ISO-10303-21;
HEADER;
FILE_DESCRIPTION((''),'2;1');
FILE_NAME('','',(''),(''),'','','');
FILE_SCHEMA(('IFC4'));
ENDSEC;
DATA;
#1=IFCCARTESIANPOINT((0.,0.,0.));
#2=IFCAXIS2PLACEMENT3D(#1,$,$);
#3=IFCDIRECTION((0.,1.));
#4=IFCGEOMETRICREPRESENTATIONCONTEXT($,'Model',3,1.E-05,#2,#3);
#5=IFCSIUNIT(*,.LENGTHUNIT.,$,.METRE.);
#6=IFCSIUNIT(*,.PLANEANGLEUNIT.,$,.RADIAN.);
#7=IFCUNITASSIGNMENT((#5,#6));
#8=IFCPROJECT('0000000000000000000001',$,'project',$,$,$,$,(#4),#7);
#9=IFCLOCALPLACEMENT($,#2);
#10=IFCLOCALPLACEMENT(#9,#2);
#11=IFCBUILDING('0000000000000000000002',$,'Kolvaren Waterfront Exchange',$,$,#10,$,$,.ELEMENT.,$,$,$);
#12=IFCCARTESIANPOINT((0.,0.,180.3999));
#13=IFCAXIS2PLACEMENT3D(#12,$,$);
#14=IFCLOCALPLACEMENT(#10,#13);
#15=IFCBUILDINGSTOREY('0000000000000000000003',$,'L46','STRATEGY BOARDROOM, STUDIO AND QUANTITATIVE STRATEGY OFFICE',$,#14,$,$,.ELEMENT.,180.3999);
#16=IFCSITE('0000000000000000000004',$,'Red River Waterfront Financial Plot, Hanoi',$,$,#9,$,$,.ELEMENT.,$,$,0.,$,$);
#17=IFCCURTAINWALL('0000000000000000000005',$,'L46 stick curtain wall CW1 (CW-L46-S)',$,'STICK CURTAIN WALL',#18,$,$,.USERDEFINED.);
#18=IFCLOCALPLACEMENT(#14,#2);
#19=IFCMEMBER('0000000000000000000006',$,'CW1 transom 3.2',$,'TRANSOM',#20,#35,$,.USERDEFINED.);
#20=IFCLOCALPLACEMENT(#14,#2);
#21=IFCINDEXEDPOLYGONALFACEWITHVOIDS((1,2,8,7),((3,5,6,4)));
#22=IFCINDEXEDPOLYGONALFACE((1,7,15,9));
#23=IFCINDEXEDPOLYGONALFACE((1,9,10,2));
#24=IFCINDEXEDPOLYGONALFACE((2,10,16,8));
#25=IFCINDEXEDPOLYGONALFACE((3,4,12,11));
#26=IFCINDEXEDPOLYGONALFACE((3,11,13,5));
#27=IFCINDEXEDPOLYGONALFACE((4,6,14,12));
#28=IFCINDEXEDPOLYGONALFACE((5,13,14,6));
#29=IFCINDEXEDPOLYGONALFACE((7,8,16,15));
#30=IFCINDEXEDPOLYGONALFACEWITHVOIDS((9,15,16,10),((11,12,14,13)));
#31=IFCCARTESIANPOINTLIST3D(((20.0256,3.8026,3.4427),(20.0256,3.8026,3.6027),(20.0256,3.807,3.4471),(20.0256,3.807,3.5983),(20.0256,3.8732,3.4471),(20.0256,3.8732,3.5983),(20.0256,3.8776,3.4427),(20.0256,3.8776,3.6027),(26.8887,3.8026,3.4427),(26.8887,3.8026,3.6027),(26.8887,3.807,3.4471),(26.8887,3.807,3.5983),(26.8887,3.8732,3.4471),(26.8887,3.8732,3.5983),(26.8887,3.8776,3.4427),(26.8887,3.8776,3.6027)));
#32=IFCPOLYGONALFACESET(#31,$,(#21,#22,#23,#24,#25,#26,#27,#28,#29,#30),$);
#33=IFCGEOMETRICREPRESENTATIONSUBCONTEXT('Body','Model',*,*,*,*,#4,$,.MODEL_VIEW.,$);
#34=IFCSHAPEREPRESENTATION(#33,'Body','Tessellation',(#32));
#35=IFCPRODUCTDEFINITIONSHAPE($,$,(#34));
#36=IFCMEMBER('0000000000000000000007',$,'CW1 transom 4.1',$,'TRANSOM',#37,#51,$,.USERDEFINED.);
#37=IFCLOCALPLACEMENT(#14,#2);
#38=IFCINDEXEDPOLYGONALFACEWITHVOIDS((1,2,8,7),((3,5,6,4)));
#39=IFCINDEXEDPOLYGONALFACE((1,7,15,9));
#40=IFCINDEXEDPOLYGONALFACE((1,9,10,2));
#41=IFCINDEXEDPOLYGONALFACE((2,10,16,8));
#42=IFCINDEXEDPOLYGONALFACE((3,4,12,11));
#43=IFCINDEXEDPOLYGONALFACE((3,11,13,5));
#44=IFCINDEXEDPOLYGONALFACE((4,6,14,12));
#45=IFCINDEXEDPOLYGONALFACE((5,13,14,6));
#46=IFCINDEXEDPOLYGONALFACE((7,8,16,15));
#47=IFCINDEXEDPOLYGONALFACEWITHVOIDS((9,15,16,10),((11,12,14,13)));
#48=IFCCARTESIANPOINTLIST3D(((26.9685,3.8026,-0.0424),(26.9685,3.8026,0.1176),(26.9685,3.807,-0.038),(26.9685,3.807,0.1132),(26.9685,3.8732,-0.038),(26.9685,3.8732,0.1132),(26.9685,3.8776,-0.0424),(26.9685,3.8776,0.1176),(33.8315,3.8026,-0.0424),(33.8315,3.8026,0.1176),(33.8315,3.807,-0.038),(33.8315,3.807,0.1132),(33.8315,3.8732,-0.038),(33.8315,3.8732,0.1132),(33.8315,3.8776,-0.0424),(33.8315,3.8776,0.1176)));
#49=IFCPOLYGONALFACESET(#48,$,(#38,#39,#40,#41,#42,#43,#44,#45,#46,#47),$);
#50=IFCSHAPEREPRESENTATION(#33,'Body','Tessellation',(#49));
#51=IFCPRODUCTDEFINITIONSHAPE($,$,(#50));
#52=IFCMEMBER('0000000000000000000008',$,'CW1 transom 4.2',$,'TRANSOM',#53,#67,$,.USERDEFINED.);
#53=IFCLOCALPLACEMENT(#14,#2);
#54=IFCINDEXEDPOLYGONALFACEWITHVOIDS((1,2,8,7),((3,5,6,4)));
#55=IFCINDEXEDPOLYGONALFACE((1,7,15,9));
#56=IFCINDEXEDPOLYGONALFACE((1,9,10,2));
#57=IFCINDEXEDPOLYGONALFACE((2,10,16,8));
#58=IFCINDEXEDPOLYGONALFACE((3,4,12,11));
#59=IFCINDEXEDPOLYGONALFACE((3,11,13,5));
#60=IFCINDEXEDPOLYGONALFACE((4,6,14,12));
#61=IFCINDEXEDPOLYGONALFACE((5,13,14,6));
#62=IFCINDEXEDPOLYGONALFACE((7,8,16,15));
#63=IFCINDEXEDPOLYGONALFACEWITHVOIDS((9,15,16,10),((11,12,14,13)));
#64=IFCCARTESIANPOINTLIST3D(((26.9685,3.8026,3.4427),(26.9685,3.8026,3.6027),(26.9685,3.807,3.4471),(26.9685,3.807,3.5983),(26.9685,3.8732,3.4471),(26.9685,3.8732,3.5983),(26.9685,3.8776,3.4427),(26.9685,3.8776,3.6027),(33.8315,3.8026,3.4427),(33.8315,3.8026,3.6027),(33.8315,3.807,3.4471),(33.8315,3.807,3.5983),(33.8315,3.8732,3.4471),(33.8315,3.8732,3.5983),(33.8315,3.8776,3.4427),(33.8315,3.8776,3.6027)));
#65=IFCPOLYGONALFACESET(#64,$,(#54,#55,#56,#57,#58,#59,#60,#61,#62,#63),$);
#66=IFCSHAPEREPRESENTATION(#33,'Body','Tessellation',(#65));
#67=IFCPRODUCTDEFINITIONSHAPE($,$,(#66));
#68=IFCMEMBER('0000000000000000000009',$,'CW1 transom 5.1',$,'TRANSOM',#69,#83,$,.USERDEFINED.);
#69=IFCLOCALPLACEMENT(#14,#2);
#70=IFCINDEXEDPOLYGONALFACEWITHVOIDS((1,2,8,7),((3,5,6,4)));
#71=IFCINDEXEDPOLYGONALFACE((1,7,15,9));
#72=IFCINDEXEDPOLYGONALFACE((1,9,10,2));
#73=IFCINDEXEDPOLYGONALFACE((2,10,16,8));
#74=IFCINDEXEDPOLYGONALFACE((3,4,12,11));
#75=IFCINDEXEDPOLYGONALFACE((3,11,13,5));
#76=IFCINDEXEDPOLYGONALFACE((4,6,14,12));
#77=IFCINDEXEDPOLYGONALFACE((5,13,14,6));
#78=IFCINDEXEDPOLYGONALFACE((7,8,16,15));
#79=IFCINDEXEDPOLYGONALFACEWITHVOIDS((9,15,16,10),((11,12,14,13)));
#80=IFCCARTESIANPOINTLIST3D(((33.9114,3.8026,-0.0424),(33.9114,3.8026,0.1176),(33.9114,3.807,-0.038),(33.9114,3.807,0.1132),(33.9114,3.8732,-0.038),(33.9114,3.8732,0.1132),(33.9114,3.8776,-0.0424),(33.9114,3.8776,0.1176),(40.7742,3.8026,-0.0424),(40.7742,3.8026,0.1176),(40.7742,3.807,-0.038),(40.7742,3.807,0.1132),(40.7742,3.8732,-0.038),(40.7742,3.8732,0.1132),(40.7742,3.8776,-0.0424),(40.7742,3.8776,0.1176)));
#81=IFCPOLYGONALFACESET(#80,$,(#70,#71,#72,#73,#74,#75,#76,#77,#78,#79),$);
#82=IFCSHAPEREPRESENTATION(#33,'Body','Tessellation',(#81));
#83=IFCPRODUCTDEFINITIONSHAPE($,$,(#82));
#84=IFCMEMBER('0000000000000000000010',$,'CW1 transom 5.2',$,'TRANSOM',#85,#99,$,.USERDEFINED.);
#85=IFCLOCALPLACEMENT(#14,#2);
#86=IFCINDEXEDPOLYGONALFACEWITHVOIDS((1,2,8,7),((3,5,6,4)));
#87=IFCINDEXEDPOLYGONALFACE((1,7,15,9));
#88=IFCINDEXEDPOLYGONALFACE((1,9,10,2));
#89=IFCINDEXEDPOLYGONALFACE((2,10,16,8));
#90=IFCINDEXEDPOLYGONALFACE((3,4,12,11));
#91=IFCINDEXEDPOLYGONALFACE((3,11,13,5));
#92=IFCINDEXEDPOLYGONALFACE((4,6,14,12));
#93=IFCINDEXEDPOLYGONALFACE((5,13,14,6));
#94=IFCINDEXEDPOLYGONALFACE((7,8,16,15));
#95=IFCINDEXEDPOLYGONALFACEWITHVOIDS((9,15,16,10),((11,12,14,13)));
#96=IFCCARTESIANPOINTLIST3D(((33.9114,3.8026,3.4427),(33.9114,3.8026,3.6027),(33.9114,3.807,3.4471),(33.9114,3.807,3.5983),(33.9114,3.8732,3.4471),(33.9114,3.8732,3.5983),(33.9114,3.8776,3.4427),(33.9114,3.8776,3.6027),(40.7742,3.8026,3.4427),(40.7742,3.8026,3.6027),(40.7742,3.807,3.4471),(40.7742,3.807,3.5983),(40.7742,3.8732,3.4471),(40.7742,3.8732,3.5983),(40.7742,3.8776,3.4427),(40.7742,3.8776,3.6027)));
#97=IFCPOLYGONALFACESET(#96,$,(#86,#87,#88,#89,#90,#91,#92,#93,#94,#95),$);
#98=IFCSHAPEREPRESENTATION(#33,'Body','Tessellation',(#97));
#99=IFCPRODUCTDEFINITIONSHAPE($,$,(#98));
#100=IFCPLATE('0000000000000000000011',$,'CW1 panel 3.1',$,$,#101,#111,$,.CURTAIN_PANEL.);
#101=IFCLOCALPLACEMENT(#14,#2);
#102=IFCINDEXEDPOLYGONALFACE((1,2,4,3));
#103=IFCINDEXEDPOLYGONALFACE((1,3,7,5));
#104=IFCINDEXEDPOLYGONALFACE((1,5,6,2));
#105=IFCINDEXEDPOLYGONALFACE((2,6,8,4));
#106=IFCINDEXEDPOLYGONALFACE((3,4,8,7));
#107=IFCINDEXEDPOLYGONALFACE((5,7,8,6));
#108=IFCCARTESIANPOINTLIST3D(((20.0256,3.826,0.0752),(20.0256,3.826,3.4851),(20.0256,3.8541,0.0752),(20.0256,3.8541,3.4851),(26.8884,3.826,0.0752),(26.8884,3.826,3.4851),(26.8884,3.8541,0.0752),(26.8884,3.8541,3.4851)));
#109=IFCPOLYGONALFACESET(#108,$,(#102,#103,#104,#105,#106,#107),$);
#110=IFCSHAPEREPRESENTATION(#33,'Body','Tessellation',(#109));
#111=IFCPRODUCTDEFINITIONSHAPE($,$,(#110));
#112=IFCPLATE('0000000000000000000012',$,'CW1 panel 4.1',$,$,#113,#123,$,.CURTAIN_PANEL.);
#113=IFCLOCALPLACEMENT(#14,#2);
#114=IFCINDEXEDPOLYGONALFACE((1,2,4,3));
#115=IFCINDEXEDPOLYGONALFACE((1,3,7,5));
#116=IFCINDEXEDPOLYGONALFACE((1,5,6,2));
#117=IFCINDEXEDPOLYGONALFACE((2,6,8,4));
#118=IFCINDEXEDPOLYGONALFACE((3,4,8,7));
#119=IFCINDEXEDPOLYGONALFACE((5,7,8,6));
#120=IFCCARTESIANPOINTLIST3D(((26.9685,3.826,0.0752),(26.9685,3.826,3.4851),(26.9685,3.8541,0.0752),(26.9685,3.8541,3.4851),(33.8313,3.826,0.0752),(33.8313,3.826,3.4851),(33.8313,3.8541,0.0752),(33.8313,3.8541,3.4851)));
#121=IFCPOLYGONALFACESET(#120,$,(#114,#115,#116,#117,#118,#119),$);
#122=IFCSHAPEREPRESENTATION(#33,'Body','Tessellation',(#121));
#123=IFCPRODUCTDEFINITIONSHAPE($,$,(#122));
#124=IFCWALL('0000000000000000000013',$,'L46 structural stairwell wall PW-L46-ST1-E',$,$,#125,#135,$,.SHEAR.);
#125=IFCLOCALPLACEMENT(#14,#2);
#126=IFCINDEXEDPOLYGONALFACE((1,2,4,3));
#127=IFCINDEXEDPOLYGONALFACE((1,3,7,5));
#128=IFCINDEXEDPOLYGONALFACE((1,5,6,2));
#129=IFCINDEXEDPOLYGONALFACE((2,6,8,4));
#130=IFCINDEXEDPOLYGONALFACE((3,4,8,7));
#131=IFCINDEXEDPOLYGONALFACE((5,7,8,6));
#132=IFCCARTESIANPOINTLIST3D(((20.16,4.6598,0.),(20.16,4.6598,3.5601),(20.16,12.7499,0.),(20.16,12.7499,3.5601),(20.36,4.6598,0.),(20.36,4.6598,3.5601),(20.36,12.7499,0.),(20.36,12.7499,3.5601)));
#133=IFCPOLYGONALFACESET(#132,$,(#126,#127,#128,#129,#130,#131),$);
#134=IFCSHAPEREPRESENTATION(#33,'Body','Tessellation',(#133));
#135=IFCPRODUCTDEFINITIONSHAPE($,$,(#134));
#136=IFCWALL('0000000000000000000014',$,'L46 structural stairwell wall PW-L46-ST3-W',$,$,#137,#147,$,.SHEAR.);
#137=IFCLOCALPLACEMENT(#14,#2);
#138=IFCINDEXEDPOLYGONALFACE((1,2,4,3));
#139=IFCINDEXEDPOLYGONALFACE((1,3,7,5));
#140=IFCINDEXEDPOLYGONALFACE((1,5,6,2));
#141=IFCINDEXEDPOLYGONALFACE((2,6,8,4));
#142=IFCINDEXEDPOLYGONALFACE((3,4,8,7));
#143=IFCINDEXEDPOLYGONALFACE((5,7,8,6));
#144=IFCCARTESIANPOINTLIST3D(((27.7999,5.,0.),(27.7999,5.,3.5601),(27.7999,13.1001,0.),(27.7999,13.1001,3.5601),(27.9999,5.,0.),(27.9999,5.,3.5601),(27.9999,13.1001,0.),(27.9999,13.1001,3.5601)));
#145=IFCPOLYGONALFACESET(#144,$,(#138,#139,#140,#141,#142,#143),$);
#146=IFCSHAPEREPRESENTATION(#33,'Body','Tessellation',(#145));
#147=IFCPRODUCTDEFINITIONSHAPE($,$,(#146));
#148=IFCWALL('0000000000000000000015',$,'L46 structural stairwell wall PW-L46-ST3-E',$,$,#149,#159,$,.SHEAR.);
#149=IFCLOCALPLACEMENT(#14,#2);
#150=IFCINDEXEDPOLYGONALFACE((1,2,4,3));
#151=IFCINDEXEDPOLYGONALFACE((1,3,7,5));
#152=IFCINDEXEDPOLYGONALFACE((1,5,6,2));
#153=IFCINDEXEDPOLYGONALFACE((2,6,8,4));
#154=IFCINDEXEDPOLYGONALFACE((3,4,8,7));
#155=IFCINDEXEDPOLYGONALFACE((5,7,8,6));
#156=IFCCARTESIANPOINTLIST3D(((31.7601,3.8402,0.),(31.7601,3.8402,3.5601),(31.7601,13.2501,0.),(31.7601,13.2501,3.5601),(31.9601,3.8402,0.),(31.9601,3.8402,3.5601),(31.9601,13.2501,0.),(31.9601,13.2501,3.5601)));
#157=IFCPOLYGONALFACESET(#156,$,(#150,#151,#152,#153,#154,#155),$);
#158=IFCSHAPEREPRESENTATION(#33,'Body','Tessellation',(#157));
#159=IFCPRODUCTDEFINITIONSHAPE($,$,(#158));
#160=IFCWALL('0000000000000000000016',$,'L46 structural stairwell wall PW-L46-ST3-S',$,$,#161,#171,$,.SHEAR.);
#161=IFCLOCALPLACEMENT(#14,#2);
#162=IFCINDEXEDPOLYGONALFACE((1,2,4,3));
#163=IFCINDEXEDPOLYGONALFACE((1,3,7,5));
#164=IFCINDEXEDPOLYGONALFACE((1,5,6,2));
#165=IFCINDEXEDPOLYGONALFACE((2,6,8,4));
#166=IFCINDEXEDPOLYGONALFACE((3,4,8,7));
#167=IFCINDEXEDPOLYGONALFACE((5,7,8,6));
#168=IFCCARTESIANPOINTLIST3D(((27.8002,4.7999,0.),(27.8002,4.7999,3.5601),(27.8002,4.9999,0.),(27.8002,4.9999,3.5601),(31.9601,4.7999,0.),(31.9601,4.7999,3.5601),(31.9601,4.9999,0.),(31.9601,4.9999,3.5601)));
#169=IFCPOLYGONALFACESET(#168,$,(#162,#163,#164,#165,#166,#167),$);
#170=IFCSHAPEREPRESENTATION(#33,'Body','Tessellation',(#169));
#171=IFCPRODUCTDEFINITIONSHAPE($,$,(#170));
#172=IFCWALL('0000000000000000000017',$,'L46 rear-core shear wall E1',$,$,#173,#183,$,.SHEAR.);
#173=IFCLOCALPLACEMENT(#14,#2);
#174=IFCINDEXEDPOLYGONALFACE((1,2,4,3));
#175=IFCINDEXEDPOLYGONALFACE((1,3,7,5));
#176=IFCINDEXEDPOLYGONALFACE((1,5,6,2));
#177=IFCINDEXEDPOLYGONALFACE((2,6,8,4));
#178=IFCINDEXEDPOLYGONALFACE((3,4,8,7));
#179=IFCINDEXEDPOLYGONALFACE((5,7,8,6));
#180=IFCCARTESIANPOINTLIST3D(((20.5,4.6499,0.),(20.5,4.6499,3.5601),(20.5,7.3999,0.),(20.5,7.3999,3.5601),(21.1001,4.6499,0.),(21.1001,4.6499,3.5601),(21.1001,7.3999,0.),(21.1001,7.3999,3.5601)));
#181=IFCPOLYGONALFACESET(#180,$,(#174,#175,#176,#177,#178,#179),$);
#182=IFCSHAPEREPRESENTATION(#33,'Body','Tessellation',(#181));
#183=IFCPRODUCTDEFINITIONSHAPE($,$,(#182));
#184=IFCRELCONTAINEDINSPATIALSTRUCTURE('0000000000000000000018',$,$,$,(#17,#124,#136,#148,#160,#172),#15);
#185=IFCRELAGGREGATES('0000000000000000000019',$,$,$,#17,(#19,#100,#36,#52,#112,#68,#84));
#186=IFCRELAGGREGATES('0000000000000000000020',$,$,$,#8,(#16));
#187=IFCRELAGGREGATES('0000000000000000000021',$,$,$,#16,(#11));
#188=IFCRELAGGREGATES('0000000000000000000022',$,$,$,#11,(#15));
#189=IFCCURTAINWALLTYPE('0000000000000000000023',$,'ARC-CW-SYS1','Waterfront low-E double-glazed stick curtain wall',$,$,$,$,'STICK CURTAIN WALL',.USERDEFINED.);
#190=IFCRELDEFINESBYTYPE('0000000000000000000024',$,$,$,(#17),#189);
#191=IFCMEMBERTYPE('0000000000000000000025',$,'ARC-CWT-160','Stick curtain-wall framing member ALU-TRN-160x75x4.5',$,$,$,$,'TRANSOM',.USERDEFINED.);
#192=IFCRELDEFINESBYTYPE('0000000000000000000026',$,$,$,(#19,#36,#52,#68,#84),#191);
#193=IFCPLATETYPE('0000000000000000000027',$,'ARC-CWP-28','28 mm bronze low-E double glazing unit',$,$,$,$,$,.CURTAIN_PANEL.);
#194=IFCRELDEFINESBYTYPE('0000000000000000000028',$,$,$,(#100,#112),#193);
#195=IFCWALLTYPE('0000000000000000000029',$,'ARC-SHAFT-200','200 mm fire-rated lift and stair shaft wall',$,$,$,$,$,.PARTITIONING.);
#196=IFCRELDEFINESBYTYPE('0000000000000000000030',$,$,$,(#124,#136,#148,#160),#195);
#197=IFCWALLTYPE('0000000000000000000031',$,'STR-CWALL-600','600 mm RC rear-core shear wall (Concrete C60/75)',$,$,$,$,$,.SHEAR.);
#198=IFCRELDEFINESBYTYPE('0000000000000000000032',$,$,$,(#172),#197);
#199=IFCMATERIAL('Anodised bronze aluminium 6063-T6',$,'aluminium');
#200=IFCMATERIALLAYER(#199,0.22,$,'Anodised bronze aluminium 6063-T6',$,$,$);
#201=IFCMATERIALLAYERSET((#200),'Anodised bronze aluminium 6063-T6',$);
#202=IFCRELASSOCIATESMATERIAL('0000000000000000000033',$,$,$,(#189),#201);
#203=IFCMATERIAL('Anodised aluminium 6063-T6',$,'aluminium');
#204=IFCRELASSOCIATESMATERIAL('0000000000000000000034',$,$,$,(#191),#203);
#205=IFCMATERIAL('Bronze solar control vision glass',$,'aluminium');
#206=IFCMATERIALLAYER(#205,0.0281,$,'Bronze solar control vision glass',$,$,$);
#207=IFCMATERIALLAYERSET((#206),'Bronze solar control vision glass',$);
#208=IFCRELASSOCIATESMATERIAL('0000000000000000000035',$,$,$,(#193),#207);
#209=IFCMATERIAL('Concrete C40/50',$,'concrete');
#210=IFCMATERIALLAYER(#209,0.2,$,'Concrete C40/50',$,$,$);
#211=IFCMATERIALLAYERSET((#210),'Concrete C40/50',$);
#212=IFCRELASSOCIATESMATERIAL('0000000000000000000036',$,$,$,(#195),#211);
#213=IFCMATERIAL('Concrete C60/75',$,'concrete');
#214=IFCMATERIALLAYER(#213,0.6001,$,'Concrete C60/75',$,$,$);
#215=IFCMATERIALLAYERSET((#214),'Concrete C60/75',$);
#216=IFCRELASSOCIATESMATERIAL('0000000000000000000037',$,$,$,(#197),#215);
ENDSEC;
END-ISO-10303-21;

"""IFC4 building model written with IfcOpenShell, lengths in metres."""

from ifc_helpers import new_model, si_unit, direction, frame, frame_2d, origin, origin_with_axes, origin_2d, place, context, subcontext, project, spatial, rectangle, hollow_rectangle, extrude, source, transform, mapped, material, layer, layer_set, material_profile, profile_set, type_object, element, aggregate, save


model = new_model("IFC4")

# Units and contexts
model_context = context("Model", 3, precision=1e-05, world=origin(), true_north=direction((0.0, 1.0)))
body_context = subcontext(model_context, "Body", "Model", "MODEL_VIEW")
ifc_project = project(units=[si_unit("LENGTHUNIT", "METRE"), si_unit("PLANEANGLEUNIT", "RADIAN")], contexts=[model_context])

# Site, building, storey
site_placement = place(None, origin())
site = spatial("IfcSite", under=ifc_project, at=site_placement, Name="Red River Waterfront Financial Plot, Hanoi", CompositionType="ELEMENT", RefElevation=0.0)
building_placement = place(site_placement, origin())
building = spatial("IfcBuilding", under=site, at=building_placement, Name="Kolvaren Waterfront Exchange", CompositionType="ELEMENT")
storey_placement = place(building_placement, frame((0.0, 0.0, 180.3999)))
storey = spatial("IfcBuildingStorey", under=building, at=storey_placement, Name="L46", Description="STRATEGY BOARDROOM, STUDIO AND QUANTITATIVE STRATEGY OFFICE", CompositionType="ELEMENT", Elevation=180.3999)

# Shared definitions
ifc_material_1 = material(Name="Concrete C60/75", Category="concrete")

# Curtain wall, members, plates
ifc_material_2 = material(Name="Anodised bronze aluminium 6063-T6", Category="aluminium")
ifc_layer_1 = layer(ifc_material_2, 0.22, Name="Anodised bronze aluminium 6063-T6")
ifc_layer_set_1 = layer_set([ifc_layer_1], Name="Anodised bronze aluminium 6063-T6")
curtain_wall_type = type_object("IfcCurtainWallType", Name="ARC-CW-SYS1", Description="Waterfront low-E double-glazed stick curtain wall", ElementType="STICK CURTAIN WALL", PredefinedType="USERDEFINED", material=ifc_layer_set_1)
curtain_wall_placement = place(storey_placement, origin())
curtain_wall = element("IfcCurtainWall", 1, at=curtain_wall_placement, inside=storey, type_object=curtain_wall_type, Name="L46 stick curtain wall CW1 (CW-L46-S)", ObjectType="STICK CURTAIN WALL", PredefinedType="USERDEFINED")
ifc_material_3 = material(Name="Anodised aluminium 6063-T6", Category="aluminium")
ifc_material_profile_1 = material_profile(ifc_material_3, hollow_rectangle(XDim=0.075, YDim=0.1599, WallThickness=0.0044, at=origin_2d()), Name="ALU-TRN-160x75x4.5")
ifc_profile_set_1 = profile_set([ifc_material_profile_1], Name="Anodised aluminium 6063-T6")
member_type_1 = type_object("IfcMemberType", Name="ARC-CWT-160", Description="Stick curtain-wall framing member ALU-TRN-160x75x4.5", ElementType="TRANSOM", PredefinedType="USERDEFINED", material=ifc_profile_set_1)
shared_shape_1 = source(origin_with_axes(), body_context, "Body", "SweptSolid", [
    extrude(hollow_rectangle(XDim=0.075, YDim=0.1599, WallThickness=0.0044, at=origin_2d()), origin(), (0.0, 0.0, 1.0), 6.863),
])
member_1_placement = place(storey_placement, frame((20.0256, 3.8401, 3.5227), z_axis=(1.0, 0.0, 0.0), x_axis=(0.0, 1.0, 0.0)))
member_1 = element("IfcMember", 2, at=member_1_placement, type_object=member_type_1, Name="CW1 transom 3.2", ObjectType="TRANSOM", PredefinedType="USERDEFINED", context=body_context, shape_type="MappedRepresentation", body=[
    mapped(shared_shape_1, transform((0.0, 0.0, 0.0), x_axis=(1.0, 0.0, 0.0), y_axis=(0.0, 1.0, 0.0), z_axis=(0.0, 0.0, 1.0), scale=1.0)),
])
member_2_placement = place(storey_placement, frame((26.9685, 3.8401, 0.0376), z_axis=(1.0, 0.0, 0.0), x_axis=(0.0, 1.0, 0.0)))
member_2 = element("IfcMember", 3, at=member_2_placement, type_object=member_type_1, Name="CW1 transom 4.1", ObjectType="TRANSOM", PredefinedType="USERDEFINED", context=body_context, shape_type="MappedRepresentation", body=[
    mapped(shared_shape_1, transform((0.0, 0.0, 0.0), x_axis=(1.0, 0.0, 0.0), y_axis=(0.0, 1.0, 0.0), z_axis=(0.0, 0.0, 1.0), scale=1.0)),
])
member_3_placement = place(storey_placement, frame((26.9685, 3.8401, 3.5227), z_axis=(1.0, 0.0, 0.0), x_axis=(0.0, 1.0, 0.0)))
member_3 = element("IfcMember", 4, at=member_3_placement, type_object=member_type_1, Name="CW1 transom 4.2", ObjectType="TRANSOM", PredefinedType="USERDEFINED", context=body_context, shape_type="MappedRepresentation", body=[
    mapped(shared_shape_1, transform((0.0, 0.0, 0.0), x_axis=(1.0, 0.0, 0.0), y_axis=(0.0, 1.0, 0.0), z_axis=(0.0, 0.0, 1.0), scale=1.0)),
])
shared_shape_2 = source(origin_with_axes(), body_context, "Body", "SweptSolid", [
    extrude(hollow_rectangle(XDim=0.075, YDim=0.1599, WallThickness=0.0044, at=origin_2d()), origin(), (0.0, 0.0, 1.0), 6.8628),
])
member_4_placement = place(storey_placement, frame((33.9114, 3.8401, 0.0376), z_axis=(1.0, 0.0, 0.0), x_axis=(0.0, 1.0, 0.0)))
member_4 = element("IfcMember", 5, at=member_4_placement, type_object=member_type_1, Name="CW1 transom 5.1", ObjectType="TRANSOM", PredefinedType="USERDEFINED", context=body_context, shape_type="MappedRepresentation", body=[
    mapped(shared_shape_2, transform((0.0, 0.0, 0.0), x_axis=(1.0, 0.0, 0.0), y_axis=(0.0, 1.0, 0.0), z_axis=(0.0, 0.0, 1.0), scale=1.0)),
])
member_5_placement = place(storey_placement, frame((33.9114, 3.8401, 3.5227), z_axis=(1.0, 0.0, 0.0), x_axis=(0.0, 1.0, 0.0)))
member_5 = element("IfcMember", 6, at=member_5_placement, type_object=member_type_1, Name="CW1 transom 5.2", ObjectType="TRANSOM", PredefinedType="USERDEFINED", context=body_context, shape_type="MappedRepresentation", body=[
    mapped(shared_shape_2, transform((0.0, 0.0, 0.0), x_axis=(1.0, 0.0, 0.0), y_axis=(0.0, 1.0, 0.0), z_axis=(0.0, 0.0, 1.0), scale=1.0)),
])
ifc_material_4 = material(Name="Bronze solar control vision glass", Category="aluminium")
ifc_layer_2 = layer(ifc_material_4, 0.0281, Name="Bronze solar control vision glass")
ifc_layer_set_2 = layer_set([ifc_layer_2], Name="Bronze solar control vision glass")
plate_type = type_object("IfcPlateType", Name="ARC-CWP-28", Description="28 mm bronze low-E double glazing unit", PredefinedType="CURTAIN_PANEL", material=ifc_layer_set_2)
shared_shape_3 = source(origin_with_axes(), body_context, "Body", "SweptSolid", [
    extrude(rectangle(XDim=6.8628, YDim=0.0281, at=origin_2d()), origin(), (0.0, 0.0, 1.0), 3.4099),
])
plate_1_placement = place(storey_placement, frame((23.457, 3.8401, 0.0752), z_axis=(0.0, 0.0, 1.0), x_axis=(1.0, 0.0, 0.0)))
plate_1 = element("IfcPlate", 7, at=plate_1_placement, type_object=plate_type, Name="CW1 panel 3.1", PredefinedType="CURTAIN_PANEL", context=body_context, shape_type="MappedRepresentation", body=[
    mapped(shared_shape_3, transform((0.0, 0.0, 0.0), x_axis=(1.0, 0.0, 0.0), y_axis=(0.0, 1.0, 0.0), z_axis=(0.0, 0.0, 1.0), scale=1.0)),
])
plate_2_placement = place(storey_placement, frame((30.3999, 3.8401, 0.0752), z_axis=(0.0, 0.0, 1.0), x_axis=(1.0, 0.0, 0.0)))
plate_2 = element("IfcPlate", 8, at=plate_2_placement, type_object=plate_type, Name="CW1 panel 4.1", PredefinedType="CURTAIN_PANEL", context=body_context, shape_type="MappedRepresentation", body=[
    mapped(shared_shape_3, transform((0.0, 0.0, 0.0), x_axis=(1.0, 0.0, 0.0), y_axis=(0.0, 1.0, 0.0), z_axis=(0.0, 0.0, 1.0), scale=1.0)),
])
aggregate(curtain_wall, [member_1, plate_1, member_2, member_3, plate_2, member_4, member_5])

# Walls
ifc_material_5 = material(Name="Concrete C40/50", Category="concrete")
ifc_layer_3 = layer(ifc_material_5, 0.2, Name="Concrete C40/50")
ifc_layer_set_3 = layer_set([ifc_layer_3], Name="Concrete C40/50")
wall_type_1 = type_object("IfcWallType", Name="ARC-SHAFT-200", Description="200 mm fire-rated lift and stair shaft wall", PredefinedType="PARTITIONING", material=ifc_layer_set_3)
wall_1_placement = place(storey_placement, frame((20.26, 4.6599, 0.0), z_axis=(0.0, 0.0, 1.0), x_axis=(0.0, 1.0, 0.0)))
element("IfcWall", 9, at=wall_1_placement, inside=storey, type_object=wall_type_1, Name="L46 structural stairwell wall PW-L46-ST1-E", PredefinedType="SHEAR", context=body_context, shape_type="SweptSolid", body=[
    extrude(rectangle(XDim=8.0901, YDim=0.2, at=frame_2d((4.0449, 0.0))), origin(), (0.0, 0.0, 1.0), 3.5601),
])
wall_2_placement = place(storey_placement, frame((27.8999, 5.0, 0.0), z_axis=(0.0, 0.0, 1.0), x_axis=(0.0, 1.0, 0.0)))
element("IfcWall", 10, at=wall_2_placement, inside=storey, type_object=wall_type_1, Name="L46 structural stairwell wall PW-L46-ST3-W", PredefinedType="SHEAR", context=body_context, shape_type="SweptSolid", body=[
    extrude(rectangle(XDim=8.1001, YDim=0.2, at=frame_2d((4.05, 0.0))), origin(), (0.0, 0.0, 1.0), 3.5601),
])
wall_3_placement = place(storey_placement, frame((31.8601, 3.8401, 0.0), z_axis=(0.0, 0.0, 1.0), x_axis=(0.0, 1.0, 0.0)))
element("IfcWall", 11, at=wall_3_placement, inside=storey, type_object=wall_type_1, Name="L46 structural stairwell wall PW-L46-ST3-E", PredefinedType="SHEAR", context=body_context, shape_type="SweptSolid", body=[
    extrude(rectangle(XDim=9.4099, YDim=0.2, at=frame_2d((4.7051, 0.0))), origin(), (0.0, 0.0, 1.0), 3.5601),
])
wall_4_placement = place(storey_placement, frame((27.8, 4.8999, 0.0), z_axis=(0.0, 0.0, 1.0), x_axis=(1.0, 0.0, 0.0)))
element("IfcWall", 12, at=wall_4_placement, inside=storey, type_object=wall_type_1, Name="L46 structural stairwell wall PW-L46-ST3-S", PredefinedType="SHEAR", context=body_context, shape_type="SweptSolid", body=[
    extrude(rectangle(XDim=4.1599, YDim=0.2, at=frame_2d((2.0801, 0.0))), origin(), (0.0, 0.0, 1.0), 3.5601),
])
ifc_layer_4 = layer(ifc_material_1, 0.6001, Name="Concrete C60/75")
ifc_layer_set_4 = layer_set([ifc_layer_4], Name="Concrete C60/75")
wall_type_2 = type_object("IfcWallType", Name="STR-CWALL-600", Description="600 mm RC rear-core shear wall (Concrete C60/75)", PredefinedType="SHEAR", material=ifc_layer_set_4)
wall_5_placement = place(storey_placement, frame((20.8, 4.6499, 0.0), z_axis=(0.0, 0.0, 1.0), x_axis=(0.0, 1.0, 0.0)))
element("IfcWall", 13, at=wall_5_placement, inside=storey, type_object=wall_type_2, Name="L46 rear-core shear wall E1", PredefinedType="SHEAR", context=body_context, shape_type="SweptSolid", body=[
    extrude(rectangle(XDim=2.75, YDim=0.6001, at=frame_2d((1.375, 0.0))), origin(), (0.0, 0.0, 1.0), 3.5601),
])

save(model, "model.ifc")
